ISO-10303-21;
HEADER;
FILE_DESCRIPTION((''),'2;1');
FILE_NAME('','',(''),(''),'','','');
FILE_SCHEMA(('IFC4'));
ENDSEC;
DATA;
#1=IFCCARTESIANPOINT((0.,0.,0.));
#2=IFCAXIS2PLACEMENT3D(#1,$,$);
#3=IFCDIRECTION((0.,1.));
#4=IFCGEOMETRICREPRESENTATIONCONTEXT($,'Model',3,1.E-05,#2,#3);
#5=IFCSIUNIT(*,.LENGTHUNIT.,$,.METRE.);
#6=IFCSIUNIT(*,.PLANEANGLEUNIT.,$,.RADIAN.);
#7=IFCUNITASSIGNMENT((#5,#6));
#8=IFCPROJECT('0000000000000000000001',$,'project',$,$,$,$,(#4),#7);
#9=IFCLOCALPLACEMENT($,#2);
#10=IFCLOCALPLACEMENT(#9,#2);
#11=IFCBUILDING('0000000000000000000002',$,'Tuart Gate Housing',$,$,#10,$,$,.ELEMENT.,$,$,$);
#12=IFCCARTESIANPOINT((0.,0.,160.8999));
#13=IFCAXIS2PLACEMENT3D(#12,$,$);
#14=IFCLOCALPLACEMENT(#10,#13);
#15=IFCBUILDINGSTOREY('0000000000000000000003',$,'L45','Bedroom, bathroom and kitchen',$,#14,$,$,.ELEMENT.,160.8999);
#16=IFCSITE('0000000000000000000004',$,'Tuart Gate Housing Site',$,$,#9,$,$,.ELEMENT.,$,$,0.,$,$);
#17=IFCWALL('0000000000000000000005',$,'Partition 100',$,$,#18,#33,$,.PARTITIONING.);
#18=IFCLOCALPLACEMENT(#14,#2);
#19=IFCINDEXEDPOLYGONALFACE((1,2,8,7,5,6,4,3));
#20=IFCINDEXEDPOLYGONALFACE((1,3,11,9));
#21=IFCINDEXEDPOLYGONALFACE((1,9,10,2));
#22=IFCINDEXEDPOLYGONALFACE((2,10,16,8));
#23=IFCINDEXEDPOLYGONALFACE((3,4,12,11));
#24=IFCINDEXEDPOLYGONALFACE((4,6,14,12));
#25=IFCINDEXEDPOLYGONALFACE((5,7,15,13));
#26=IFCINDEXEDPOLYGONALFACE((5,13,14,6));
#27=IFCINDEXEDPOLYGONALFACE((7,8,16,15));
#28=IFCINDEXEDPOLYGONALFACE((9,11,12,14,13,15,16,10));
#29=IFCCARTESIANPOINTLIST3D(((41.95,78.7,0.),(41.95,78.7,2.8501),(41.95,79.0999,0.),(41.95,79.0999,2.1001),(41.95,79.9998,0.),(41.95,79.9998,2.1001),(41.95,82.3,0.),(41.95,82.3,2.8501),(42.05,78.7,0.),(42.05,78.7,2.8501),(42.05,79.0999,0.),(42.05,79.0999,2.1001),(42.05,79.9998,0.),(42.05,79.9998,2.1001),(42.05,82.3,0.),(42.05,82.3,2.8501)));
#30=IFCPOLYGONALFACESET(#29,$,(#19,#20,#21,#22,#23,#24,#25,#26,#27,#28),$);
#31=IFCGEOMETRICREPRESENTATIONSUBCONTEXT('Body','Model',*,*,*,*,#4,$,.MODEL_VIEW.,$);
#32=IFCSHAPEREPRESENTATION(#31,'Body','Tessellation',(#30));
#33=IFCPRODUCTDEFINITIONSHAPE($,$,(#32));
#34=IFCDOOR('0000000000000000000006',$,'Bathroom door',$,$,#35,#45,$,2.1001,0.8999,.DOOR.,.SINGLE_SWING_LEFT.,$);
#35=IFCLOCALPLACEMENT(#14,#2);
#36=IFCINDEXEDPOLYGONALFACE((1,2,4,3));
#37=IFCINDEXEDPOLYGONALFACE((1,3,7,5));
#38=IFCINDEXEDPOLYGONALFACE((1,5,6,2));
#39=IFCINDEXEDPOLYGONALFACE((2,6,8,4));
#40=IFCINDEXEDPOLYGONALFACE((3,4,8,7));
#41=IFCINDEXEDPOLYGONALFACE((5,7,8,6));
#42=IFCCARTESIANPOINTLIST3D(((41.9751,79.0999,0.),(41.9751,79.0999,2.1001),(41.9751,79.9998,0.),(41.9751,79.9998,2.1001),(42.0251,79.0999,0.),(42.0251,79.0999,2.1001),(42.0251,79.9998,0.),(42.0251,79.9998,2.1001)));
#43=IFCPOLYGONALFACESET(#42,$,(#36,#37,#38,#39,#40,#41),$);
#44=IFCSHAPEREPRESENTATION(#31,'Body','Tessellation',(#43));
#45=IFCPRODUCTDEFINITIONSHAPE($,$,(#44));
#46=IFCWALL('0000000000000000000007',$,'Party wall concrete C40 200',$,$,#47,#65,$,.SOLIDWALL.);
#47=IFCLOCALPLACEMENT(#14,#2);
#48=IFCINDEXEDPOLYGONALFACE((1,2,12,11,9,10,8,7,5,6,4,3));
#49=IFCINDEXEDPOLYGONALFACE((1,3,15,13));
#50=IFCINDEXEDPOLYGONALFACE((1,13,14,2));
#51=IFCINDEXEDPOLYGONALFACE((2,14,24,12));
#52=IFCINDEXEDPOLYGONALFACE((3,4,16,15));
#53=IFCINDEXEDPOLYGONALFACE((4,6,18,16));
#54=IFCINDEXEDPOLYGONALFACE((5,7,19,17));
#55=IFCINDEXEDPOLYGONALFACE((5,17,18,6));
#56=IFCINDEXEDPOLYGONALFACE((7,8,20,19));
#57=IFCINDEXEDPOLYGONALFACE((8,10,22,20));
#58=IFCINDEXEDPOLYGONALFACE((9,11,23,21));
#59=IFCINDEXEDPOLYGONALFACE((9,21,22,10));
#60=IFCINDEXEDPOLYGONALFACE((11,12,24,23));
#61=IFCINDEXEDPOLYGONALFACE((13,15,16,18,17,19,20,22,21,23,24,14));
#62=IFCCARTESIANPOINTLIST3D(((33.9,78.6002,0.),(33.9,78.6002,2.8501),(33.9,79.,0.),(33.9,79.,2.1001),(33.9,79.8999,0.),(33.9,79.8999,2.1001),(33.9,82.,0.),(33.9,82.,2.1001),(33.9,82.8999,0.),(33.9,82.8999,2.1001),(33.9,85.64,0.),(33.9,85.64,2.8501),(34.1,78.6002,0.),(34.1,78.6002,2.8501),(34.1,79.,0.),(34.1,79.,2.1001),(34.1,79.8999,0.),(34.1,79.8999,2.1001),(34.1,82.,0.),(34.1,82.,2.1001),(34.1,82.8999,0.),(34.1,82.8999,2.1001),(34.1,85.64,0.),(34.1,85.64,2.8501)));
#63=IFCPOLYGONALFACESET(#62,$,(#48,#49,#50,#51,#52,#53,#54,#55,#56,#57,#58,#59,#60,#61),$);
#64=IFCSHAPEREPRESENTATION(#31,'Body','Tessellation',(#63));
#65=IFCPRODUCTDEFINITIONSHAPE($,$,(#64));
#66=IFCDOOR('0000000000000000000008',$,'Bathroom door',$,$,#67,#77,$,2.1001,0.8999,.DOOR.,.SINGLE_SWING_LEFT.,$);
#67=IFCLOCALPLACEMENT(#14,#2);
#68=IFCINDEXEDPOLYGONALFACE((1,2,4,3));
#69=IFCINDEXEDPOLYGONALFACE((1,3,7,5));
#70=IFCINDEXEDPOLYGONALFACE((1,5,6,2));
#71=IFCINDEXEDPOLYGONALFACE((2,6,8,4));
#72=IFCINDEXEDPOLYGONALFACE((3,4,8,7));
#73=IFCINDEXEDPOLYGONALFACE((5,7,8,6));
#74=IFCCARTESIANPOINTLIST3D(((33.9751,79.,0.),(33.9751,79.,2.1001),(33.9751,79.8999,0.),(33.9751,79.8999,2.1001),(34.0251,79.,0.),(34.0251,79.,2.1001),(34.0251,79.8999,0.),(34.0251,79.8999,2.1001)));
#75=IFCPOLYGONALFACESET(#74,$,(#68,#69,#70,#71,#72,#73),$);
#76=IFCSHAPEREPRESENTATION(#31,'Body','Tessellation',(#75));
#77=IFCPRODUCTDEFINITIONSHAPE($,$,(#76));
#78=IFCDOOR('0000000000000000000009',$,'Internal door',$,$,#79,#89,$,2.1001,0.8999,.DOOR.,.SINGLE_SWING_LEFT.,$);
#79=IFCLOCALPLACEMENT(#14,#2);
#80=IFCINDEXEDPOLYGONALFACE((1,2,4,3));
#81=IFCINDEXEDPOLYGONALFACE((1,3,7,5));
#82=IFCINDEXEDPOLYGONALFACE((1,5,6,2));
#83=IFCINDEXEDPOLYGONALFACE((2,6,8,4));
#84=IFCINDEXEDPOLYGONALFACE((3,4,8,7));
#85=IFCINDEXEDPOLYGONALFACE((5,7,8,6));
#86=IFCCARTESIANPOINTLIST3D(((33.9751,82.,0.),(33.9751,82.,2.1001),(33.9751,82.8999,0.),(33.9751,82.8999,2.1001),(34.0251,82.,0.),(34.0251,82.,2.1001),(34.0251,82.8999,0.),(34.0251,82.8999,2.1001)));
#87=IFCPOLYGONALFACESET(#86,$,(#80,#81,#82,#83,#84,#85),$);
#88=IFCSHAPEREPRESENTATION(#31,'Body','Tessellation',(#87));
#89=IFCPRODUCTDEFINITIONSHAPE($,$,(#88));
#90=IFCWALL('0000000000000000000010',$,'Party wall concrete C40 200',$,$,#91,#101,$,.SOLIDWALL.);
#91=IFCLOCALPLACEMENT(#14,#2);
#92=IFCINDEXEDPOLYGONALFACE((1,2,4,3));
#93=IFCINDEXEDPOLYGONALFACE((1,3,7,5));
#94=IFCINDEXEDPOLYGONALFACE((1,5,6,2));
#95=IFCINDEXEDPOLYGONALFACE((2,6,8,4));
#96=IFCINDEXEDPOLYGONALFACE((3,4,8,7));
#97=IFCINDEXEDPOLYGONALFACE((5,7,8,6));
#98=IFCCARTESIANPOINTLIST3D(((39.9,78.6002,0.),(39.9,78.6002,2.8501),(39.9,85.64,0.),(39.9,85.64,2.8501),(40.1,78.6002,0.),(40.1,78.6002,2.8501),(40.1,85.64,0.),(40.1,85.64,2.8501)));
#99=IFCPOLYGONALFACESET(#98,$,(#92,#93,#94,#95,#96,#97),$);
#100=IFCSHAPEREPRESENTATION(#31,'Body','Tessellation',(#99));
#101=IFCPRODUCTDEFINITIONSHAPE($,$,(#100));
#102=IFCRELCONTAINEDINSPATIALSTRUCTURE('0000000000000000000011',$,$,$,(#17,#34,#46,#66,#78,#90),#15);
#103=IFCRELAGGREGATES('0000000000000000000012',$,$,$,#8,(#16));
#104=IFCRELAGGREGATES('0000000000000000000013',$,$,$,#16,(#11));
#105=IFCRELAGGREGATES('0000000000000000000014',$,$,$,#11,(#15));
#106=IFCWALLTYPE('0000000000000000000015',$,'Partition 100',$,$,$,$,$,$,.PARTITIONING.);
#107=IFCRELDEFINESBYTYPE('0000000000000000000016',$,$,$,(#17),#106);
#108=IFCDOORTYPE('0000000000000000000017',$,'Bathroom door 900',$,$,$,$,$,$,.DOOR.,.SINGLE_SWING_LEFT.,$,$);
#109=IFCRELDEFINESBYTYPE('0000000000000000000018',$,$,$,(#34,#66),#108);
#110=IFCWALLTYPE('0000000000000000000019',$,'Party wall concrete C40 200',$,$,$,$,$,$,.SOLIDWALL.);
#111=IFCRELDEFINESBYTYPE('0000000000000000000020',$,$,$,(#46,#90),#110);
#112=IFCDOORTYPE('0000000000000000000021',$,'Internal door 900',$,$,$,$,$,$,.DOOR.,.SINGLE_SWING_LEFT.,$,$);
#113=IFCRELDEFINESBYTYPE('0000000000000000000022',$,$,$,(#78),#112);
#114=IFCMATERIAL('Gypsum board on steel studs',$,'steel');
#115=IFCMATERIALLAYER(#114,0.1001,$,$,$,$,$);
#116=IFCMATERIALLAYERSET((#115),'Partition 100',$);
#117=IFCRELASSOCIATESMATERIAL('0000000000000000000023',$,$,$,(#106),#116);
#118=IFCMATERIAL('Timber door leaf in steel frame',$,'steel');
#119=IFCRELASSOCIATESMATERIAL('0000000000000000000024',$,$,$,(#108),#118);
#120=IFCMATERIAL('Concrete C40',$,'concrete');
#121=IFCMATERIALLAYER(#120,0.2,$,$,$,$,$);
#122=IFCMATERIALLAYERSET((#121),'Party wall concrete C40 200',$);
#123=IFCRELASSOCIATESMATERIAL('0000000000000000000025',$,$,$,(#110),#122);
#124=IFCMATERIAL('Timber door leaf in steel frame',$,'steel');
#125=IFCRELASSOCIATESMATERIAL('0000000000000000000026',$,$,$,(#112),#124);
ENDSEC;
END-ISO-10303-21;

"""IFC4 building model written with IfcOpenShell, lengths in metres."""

from ifc_helpers import new_model, si_unit, direction, frame, frame_2d, origin, place, context, subcontext, project, spatial, rectangle, extrude, material, layer, layer_set, type_object, element, fill, save


model = new_model("IFC4")

# Units and contexts
model_context = context("Model", 3, precision=1e-05, world=origin(), true_north=direction((0.0, 1.0)))
body_context = subcontext(model_context, "Body", "Model", "MODEL_VIEW")
ifc_project = project(units=[si_unit("LENGTHUNIT", "METRE"), si_unit("PLANEANGLEUNIT", "RADIAN")], contexts=[model_context])

# Site, building, storey
site_placement = place(None, origin())
site = spatial("IfcSite", under=ifc_project, at=site_placement, Name="Tuart Gate Housing Site", CompositionType="ELEMENT", RefElevation=0.0)
building_placement = place(site_placement, origin())
building = spatial("IfcBuilding", under=site, at=building_placement, Name="Tuart Gate Housing", CompositionType="ELEMENT")
storey_placement = place(building_placement, frame((0.0, 0.0, 160.8999)))
storey = spatial("IfcBuildingStorey", under=building, at=storey_placement, Name="L45", Description="Bedroom, bathroom and kitchen", CompositionType="ELEMENT", Elevation=160.8999)

# Shared definitions
ifc_material_1 = material(Name="Gypsum board on steel studs", Category="steel")
ifc_layer_1 = layer(ifc_material_1, 0.1001)
ifc_layer_set_1 = layer_set([ifc_layer_1], Name="Partition 100")
wall_type_1 = type_object("IfcWallType", Name="Partition 100", PredefinedType="PARTITIONING", material=ifc_layer_set_1)

# Wall, opening, door
wall_1_placement = place(storey_placement, frame((42.0, 78.7, 0.0), z_axis=(0.0, 0.0, 1.0), x_axis=(0.0, 1.0, 0.0)))
wall_1 = element("IfcWall", 1, at=wall_1_placement, inside=storey, type_object=wall_type_1, Name="Partition 100", PredefinedType="PARTITIONING", context=body_context, shape_type="SweptSolid", body=[
    extrude(rectangle(XDim=3.6001, YDim=0.1001, at=frame_2d((1.8, 0.0))), origin(), (0.0, 0.0, 1.0), 2.8501),
])
opening_1_placement = place(wall_1_placement, frame((0.3999, 0.0, 0.0)))
opening_1 = element("IfcOpeningElement", 2, at=opening_1_placement, cuts=wall_1, PredefinedType="OPENING", context=body_context, shape_type="SweptSolid", body=[
    extrude(rectangle(XDim=0.8999, YDim=2.1001, at=frame_2d((0.45, 1.05))), frame((0.0, 0.0601, 0.0), z_axis=(0.0, -1.0, 0.0), x_axis=(1.0, 0.0, 0.0)), (0.0, 0.0, 1.0), 0.1201),
])
ifc_material_2 = material(Name="Timber door leaf in steel frame", Category="steel")
door_type_1 = type_object("IfcDoorType", Name="Bathroom door 900", OperationType="SINGLE_SWING_LEFT", PredefinedType="DOOR", material=ifc_material_2)
door_1_placement = place(opening_1_placement, origin())
door_1 = element("IfcDoor", 3, at=door_1_placement, inside=storey, type_object=door_type_1, Name="Bathroom door", OperationType="SINGLE_SWING_LEFT", OverallHeight=2.1001, OverallWidth=0.8999, PredefinedType="DOOR", context=body_context, shape_type="SweptSolid", body=[
    extrude(rectangle(XDim=0.8999, YDim=2.1001, at=frame_2d((0.45, 1.05))), frame((0.0, 0.0249, 0.0), z_axis=(0.0, -1.0, 0.0), x_axis=(1.0, 0.0, 0.0)), (0.0, 0.0, 1.0), 0.05),
])
fill(opening_1, door_1)

# Wall, openings, doors
ifc_material_3 = material(Name="Concrete C40", Category="concrete")
ifc_layer_2 = layer(ifc_material_3, 0.2)
ifc_layer_set_2 = layer_set([ifc_layer_2], Name="Party wall concrete C40 200")
wall_type_2 = type_object("IfcWallType", Name="Party wall concrete C40 200", PredefinedType="SOLIDWALL", material=ifc_layer_set_2)
wall_2_placement = place(storey_placement, frame((34.0, 78.6001, 0.0), z_axis=(0.0, 0.0, 1.0), x_axis=(0.0, 1.0, 0.0)))
wall_2 = element("IfcWall", 4, at=wall_2_placement, inside=storey, type_object=wall_type_2, Name="Party wall concrete C40 200", PredefinedType="SOLIDWALL", context=body_context, shape_type="SweptSolid", body=[
    extrude(rectangle(XDim=7.0398, YDim=0.2, at=frame_2d((3.52, 0.0))), origin(), (0.0, 0.0, 1.0), 2.8501),
])
opening_2_placement = place(wall_2_placement, frame((3.3999, 0.0, 0.0)))
opening_2 = element("IfcOpeningElement", 5, at=opening_2_placement, cuts=wall_2, PredefinedType="OPENING", context=body_context, shape_type="SweptSolid", body=[
    extrude(rectangle(XDim=0.8999, YDim=2.1001, at=frame_2d((0.45, 1.05))), frame((0.0, 0.1099, 0.0), z_axis=(0.0, -1.0, 0.0), x_axis=(1.0, 0.0, 0.0)), (0.0, 0.0, 1.0), 0.22),
])
opening_3_placement = place(wall_2_placement, frame((0.3999, 0.0, 0.0)))
opening_3 = element("IfcOpeningElement", 6, at=opening_3_placement, cuts=wall_2, PredefinedType="OPENING", context=body_context, shape_type="SweptSolid", body=[
    extrude(rectangle(XDim=0.8999, YDim=2.1001, at=frame_2d((0.45, 1.05))), frame((0.0, 0.1099, 0.0), z_axis=(0.0, -1.0, 0.0), x_axis=(1.0, 0.0, 0.0)), (0.0, 0.0, 1.0), 0.22),
])
door_2_placement = place(opening_3_placement, origin())
door_2 = element("IfcDoor", 7, at=door_2_placement, inside=storey, type_object=door_type_1, Name="Bathroom door", OperationType="SINGLE_SWING_LEFT", OverallHeight=2.1001, OverallWidth=0.8999, PredefinedType="DOOR", context=body_context, shape_type="SweptSolid", body=[
    extrude(rectangle(XDim=0.8999, YDim=2.1001, at=frame_2d((0.45, 1.05))), frame((0.0, 0.0249, 0.0), z_axis=(0.0, -1.0, 0.0), x_axis=(1.0, 0.0, 0.0)), (0.0, 0.0, 1.0), 0.05),
])
fill(opening_3, door_2)
ifc_material_4 = material(Name="Timber door leaf in steel frame", Category="steel")
door_type_2 = type_object("IfcDoorType", Name="Internal door 900", OperationType="SINGLE_SWING_LEFT", PredefinedType="DOOR", material=ifc_material_4)
door_3_placement = place(opening_2_placement, origin())
door_3 = element("IfcDoor", 8, at=door_3_placement, inside=storey, type_object=door_type_2, Name="Internal door", OperationType="SINGLE_SWING_LEFT", OverallHeight=2.1001, OverallWidth=0.8999, PredefinedType="DOOR", context=body_context, shape_type="SweptSolid", body=[
    extrude(rectangle(XDim=0.8999, YDim=2.1001, at=frame_2d((0.45, 1.05))), frame((0.0, 0.0249, 0.0), z_axis=(0.0, -1.0, 0.0), x_axis=(1.0, 0.0, 0.0)), (0.0, 0.0, 1.0), 0.05),
])
fill(opening_2, door_3)

# Wall
wall_3_placement = place(storey_placement, frame((40.0, 78.6001, 0.0), z_axis=(0.0, 0.0, 1.0), x_axis=(0.0, 1.0, 0.0)))
element("IfcWall", 9, at=wall_3_placement, inside=storey, type_object=wall_type_2, Name="Party wall concrete C40 200", PredefinedType="SOLIDWALL", context=body_context, shape_type="SweptSolid", body=[
    extrude(rectangle(XDim=7.0398, YDim=0.2, at=frame_2d((3.52, 0.0))), origin(), (0.0, 0.0, 1.0), 2.8501),
])

save(model, "model.ifc")
